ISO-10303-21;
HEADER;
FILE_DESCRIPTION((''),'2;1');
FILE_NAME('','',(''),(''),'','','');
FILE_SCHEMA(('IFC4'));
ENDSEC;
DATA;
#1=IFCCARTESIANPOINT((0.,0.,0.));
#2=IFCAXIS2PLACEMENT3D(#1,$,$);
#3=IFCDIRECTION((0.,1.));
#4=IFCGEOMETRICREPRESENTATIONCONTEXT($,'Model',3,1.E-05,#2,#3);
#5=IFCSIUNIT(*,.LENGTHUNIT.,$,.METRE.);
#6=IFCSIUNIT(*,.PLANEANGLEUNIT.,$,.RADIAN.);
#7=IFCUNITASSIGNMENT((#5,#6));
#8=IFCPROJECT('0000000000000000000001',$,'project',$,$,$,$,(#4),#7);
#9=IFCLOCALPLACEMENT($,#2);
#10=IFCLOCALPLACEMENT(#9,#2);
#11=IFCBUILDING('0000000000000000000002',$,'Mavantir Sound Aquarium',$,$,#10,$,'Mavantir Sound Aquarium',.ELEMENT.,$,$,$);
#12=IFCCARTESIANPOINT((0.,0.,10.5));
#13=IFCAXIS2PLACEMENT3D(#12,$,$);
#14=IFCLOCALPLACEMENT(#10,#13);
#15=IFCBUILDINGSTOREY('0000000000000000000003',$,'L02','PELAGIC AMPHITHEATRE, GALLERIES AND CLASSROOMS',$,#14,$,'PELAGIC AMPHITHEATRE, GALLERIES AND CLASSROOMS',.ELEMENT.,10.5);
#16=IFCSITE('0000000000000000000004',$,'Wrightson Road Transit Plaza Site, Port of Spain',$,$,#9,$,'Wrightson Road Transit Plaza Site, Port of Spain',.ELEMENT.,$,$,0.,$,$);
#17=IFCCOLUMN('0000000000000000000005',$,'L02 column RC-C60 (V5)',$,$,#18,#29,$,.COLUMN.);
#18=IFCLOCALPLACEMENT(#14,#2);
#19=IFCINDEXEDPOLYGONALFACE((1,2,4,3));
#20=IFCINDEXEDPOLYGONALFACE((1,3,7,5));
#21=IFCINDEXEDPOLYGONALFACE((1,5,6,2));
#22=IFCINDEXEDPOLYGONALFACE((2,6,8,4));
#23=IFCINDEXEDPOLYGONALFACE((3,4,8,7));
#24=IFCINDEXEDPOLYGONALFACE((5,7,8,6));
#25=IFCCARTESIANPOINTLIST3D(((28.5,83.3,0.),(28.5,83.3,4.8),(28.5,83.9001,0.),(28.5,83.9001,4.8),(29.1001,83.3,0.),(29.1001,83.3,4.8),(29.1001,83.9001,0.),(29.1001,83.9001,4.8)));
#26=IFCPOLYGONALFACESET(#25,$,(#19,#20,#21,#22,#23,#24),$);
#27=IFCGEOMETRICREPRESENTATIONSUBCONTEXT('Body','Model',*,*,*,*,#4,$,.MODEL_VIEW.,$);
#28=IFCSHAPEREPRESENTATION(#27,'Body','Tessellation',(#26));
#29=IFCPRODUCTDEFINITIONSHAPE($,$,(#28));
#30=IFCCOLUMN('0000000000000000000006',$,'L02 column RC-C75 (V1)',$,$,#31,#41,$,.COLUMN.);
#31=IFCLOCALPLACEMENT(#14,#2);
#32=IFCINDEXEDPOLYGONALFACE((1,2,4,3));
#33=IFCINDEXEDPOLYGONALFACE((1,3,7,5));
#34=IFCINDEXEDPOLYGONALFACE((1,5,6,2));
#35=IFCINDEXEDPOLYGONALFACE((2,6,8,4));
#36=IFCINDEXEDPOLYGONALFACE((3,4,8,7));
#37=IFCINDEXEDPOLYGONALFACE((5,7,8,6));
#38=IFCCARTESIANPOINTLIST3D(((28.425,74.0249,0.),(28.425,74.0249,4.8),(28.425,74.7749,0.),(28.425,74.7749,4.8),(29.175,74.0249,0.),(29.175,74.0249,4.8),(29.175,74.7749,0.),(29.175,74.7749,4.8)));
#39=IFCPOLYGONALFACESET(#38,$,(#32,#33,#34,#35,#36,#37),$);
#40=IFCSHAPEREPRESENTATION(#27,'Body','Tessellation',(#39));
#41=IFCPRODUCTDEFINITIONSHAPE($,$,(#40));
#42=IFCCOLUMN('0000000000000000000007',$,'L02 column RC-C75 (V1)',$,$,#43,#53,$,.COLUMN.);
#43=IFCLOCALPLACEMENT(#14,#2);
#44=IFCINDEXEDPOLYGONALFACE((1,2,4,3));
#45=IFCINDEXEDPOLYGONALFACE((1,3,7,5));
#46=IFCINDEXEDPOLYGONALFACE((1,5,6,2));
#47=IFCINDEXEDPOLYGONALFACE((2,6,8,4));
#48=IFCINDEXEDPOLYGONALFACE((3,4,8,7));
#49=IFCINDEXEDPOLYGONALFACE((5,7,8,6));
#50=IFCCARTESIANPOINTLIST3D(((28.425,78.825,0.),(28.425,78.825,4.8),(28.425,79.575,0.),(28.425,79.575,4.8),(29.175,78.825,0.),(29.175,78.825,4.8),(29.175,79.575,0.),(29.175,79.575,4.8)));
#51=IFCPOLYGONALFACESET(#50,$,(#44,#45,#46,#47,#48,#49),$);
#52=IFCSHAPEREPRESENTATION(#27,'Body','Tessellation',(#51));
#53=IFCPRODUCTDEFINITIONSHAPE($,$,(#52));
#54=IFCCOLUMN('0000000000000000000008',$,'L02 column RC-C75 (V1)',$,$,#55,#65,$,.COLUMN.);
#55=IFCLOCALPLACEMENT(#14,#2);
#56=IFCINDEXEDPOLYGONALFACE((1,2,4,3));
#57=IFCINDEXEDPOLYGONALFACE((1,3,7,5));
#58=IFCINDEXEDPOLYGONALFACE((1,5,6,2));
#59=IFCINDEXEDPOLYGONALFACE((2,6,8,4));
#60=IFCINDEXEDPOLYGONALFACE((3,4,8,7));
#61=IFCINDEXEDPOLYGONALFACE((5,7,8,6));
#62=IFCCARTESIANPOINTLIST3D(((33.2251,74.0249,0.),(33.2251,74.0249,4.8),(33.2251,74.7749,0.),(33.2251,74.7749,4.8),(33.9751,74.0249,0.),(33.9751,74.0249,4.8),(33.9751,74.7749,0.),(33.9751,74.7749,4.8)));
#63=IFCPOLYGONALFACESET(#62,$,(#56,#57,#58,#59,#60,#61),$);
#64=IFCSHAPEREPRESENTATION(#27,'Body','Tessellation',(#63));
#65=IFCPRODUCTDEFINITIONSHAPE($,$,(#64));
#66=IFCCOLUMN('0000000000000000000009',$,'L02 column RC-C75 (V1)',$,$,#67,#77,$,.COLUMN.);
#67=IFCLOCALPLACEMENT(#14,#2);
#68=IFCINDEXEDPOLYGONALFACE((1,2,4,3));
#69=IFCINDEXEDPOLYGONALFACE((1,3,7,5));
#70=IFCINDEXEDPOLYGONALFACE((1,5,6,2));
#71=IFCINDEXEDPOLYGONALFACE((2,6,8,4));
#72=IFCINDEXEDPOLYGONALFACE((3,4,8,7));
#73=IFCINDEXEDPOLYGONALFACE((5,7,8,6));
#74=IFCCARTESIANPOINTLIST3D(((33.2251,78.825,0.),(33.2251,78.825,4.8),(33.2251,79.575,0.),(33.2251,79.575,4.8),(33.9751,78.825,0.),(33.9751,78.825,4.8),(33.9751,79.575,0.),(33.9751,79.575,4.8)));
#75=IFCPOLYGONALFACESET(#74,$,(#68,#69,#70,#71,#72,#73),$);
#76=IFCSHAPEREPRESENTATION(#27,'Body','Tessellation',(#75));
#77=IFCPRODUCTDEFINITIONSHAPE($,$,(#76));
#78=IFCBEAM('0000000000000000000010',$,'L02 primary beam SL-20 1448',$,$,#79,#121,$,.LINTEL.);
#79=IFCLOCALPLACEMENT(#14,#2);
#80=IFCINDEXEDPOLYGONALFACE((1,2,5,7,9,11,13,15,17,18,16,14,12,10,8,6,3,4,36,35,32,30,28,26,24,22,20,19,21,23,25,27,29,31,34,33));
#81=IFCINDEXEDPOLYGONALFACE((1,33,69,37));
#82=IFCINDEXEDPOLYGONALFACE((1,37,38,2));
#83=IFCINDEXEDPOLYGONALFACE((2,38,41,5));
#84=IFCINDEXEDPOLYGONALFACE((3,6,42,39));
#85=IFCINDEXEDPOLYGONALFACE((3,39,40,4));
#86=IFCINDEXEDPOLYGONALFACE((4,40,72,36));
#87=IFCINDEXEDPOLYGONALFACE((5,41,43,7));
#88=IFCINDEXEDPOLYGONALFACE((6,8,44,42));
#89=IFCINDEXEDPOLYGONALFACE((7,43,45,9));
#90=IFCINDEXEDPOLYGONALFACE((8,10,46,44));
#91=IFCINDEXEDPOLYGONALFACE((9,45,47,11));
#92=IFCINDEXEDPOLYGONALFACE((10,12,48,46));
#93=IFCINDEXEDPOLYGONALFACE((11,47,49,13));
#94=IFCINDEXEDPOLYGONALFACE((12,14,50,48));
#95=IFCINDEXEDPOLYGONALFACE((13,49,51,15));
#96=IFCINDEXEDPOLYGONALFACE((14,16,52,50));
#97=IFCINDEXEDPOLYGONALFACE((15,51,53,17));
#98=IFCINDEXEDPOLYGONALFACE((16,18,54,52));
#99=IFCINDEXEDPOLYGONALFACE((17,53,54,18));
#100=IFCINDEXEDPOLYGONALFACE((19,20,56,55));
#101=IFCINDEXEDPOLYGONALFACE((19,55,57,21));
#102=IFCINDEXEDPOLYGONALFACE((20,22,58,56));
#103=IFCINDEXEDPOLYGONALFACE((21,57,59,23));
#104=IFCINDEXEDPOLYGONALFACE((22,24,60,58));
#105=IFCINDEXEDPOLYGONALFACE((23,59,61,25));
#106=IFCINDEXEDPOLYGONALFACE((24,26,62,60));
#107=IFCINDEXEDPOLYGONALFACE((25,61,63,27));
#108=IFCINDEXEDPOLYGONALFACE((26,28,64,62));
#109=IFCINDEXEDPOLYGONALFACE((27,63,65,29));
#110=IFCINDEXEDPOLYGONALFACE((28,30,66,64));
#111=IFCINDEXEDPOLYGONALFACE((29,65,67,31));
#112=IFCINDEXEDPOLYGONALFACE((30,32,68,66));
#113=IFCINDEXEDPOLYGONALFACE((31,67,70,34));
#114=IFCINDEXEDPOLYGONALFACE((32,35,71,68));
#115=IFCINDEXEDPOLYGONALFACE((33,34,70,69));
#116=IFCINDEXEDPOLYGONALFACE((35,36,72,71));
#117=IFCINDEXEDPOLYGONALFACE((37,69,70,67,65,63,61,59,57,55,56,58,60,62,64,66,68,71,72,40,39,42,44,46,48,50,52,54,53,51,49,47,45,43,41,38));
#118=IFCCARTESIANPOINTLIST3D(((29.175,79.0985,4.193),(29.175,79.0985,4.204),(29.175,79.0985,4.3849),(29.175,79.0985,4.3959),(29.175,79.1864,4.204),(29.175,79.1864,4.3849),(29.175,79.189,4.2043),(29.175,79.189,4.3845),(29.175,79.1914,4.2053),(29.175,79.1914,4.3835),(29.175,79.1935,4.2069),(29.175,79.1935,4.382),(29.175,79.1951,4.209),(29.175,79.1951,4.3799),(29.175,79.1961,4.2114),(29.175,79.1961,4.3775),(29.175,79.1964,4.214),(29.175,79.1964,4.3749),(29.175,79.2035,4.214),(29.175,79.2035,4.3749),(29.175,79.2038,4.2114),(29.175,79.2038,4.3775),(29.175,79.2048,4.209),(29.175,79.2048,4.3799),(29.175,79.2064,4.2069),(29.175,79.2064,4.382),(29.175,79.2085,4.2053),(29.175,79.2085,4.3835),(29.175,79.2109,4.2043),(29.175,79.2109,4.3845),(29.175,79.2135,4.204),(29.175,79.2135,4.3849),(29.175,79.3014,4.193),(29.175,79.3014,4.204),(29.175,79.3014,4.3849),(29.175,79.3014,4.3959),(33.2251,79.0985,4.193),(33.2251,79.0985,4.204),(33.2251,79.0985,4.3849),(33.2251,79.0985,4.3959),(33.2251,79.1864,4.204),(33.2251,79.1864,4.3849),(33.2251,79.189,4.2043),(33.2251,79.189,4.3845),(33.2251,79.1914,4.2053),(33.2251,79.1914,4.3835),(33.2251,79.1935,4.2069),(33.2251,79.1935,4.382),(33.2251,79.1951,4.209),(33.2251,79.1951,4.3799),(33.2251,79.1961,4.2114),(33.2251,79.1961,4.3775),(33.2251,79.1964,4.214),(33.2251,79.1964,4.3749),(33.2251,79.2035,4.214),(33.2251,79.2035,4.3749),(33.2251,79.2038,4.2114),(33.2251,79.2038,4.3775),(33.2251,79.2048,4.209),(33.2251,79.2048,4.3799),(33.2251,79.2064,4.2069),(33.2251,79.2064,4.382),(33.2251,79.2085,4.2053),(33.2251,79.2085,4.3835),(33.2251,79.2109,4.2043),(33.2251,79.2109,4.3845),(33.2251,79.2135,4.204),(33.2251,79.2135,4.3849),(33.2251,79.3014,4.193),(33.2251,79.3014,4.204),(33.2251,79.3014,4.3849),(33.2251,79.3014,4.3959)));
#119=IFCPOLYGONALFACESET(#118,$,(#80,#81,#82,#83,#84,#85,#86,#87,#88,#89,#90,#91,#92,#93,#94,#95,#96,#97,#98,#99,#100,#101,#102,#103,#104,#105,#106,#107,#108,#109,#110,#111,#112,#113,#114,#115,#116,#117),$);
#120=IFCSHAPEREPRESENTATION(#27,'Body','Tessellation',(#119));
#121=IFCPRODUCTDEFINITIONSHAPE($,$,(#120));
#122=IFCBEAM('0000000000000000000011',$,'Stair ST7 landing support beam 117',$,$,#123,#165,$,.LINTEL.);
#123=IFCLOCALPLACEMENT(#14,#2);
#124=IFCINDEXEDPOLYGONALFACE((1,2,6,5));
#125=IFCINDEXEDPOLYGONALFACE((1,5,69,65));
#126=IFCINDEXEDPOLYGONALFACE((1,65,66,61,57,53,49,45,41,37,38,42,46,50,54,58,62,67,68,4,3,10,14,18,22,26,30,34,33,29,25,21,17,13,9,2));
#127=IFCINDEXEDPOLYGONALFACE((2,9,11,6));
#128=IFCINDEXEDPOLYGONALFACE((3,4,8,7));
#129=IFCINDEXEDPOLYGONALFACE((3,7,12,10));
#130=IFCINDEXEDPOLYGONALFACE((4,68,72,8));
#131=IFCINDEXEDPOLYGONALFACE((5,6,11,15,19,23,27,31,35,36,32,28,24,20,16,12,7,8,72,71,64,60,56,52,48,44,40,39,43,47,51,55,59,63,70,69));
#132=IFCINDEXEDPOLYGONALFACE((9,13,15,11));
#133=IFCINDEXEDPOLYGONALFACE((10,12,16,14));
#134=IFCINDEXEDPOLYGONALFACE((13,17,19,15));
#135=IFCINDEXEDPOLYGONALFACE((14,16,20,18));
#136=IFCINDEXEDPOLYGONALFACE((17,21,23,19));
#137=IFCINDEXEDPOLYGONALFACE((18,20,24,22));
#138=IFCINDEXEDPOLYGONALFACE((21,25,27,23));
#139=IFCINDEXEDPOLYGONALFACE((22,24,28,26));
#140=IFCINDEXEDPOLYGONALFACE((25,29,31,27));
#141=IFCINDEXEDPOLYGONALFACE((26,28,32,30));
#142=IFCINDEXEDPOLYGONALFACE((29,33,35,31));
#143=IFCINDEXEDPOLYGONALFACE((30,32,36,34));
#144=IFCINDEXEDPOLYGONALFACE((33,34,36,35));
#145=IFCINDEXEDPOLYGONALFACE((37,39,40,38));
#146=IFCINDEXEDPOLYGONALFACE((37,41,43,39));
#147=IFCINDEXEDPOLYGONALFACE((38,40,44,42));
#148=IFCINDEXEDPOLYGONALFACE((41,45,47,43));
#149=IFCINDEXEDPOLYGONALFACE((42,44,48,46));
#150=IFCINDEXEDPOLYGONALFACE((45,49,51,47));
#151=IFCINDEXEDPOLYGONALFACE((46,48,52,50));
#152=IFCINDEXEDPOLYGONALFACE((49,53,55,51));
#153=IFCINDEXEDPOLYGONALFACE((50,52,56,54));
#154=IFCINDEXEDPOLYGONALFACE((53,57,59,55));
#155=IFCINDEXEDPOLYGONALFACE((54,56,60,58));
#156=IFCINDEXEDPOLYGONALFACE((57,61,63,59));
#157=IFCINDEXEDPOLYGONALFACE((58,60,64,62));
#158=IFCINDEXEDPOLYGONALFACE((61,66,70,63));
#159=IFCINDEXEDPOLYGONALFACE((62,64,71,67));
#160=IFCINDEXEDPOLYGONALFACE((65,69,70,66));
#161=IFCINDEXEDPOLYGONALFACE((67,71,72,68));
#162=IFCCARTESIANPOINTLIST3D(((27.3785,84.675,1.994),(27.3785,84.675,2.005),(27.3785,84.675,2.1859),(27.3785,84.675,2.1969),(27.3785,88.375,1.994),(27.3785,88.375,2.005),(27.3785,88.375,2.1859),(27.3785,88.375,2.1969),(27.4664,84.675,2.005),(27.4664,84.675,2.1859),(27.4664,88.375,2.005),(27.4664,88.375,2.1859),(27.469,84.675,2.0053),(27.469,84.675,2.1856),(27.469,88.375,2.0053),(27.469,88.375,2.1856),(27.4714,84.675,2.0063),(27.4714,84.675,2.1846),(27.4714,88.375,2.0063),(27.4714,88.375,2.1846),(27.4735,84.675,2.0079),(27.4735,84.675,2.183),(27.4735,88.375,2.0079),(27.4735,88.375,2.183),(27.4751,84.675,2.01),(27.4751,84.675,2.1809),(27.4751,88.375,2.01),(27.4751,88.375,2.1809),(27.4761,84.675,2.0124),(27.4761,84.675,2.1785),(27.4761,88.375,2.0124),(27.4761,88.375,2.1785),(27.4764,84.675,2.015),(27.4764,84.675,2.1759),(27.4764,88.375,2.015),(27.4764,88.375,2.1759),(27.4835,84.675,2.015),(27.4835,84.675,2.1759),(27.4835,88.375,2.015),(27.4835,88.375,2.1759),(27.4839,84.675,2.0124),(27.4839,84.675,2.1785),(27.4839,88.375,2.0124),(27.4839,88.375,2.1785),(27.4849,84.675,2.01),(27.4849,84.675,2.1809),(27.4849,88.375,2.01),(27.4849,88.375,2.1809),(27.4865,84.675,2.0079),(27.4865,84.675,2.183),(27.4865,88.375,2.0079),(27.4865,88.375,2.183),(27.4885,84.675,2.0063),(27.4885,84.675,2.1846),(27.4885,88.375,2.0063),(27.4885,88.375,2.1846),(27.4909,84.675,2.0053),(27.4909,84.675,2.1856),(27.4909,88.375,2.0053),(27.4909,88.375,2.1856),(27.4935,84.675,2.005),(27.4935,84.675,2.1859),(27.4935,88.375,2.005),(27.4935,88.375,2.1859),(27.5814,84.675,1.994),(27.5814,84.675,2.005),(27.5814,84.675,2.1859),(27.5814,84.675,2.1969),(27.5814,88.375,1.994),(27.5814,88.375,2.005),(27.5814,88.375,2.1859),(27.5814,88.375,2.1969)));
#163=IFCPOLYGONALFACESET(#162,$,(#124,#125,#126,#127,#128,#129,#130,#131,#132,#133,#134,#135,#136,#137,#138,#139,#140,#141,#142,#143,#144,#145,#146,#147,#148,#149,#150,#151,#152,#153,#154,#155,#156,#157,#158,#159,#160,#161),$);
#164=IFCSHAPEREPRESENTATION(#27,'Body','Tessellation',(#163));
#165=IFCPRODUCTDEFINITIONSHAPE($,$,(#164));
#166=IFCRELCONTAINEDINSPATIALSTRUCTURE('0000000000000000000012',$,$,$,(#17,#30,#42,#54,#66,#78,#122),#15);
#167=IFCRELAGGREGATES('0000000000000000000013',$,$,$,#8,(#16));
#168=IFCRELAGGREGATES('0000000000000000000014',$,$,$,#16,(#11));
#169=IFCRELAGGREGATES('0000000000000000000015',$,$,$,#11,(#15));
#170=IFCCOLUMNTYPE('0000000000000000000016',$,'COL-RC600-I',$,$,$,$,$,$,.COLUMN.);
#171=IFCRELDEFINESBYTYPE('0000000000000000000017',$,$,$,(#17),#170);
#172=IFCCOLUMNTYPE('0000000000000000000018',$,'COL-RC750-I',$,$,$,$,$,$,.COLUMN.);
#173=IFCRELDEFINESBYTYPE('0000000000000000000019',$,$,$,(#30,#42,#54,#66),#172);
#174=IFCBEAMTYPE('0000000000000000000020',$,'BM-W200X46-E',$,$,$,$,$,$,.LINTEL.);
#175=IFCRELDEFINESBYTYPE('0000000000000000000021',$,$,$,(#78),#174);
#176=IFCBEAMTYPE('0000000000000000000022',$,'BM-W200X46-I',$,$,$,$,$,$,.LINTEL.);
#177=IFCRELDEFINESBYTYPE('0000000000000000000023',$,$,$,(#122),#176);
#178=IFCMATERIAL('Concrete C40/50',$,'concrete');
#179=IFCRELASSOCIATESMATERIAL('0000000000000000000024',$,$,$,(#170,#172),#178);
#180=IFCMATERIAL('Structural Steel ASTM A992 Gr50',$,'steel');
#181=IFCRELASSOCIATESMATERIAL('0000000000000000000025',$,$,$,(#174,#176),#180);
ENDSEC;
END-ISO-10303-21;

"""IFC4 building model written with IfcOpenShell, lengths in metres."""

from ifc_helpers import new_model, si_unit, direction, frame, origin, origin_2d, place, context, subcontext, project, spatial, rectangle, i_section, extrude, material, material_profile, profile_set, type_object, element, save


model = new_model("IFC4")

# Units and contexts
model_context = context("Model", 3, precision=1e-05, world=origin(), true_north=direction((0.0, 1.0)))
body_context = subcontext(model_context, "Body", "Model", "MODEL_VIEW")
ifc_project = project(units=[si_unit("LENGTHUNIT", "METRE"), si_unit("PLANEANGLEUNIT", "RADIAN")], contexts=[model_context])

# Site, building, storey
site_placement = place(None, origin())
site = spatial("IfcSite", under=ifc_project, at=site_placement, Name="Wrightson Road Transit Plaza Site, Port of Spain", LongName="Wrightson Road Transit Plaza Site, Port of Spain", CompositionType="ELEMENT", RefElevation=0.0)
building_placement = place(site_placement, origin())
building = spatial("IfcBuilding", under=site, at=building_placement, Name="Mavantir Sound Aquarium", LongName="Mavantir Sound Aquarium", CompositionType="ELEMENT")
storey_placement = place(building_placement, frame((0.0, 0.0, 10.5)))
storey = spatial("IfcBuildingStorey", under=building, at=storey_placement, Name="L02", Description="PELAGIC AMPHITHEATRE, GALLERIES AND CLASSROOMS", LongName="PELAGIC AMPHITHEATRE, GALLERIES AND CLASSROOMS", CompositionType="ELEMENT", Elevation=10.5)

# Columns
ifc_material_1 = material(Name="Concrete C40/50", Category="concrete")
ifc_material_profile_1 = material_profile(ifc_material_1, rectangle(XDim=0.6001, YDim=0.6001, at=origin_2d()), Name="RC 600X600")
ifc_profile_set_1 = profile_set([ifc_material_profile_1], Name="Concrete C40/50")
column_type_1 = type_object("IfcColumnType", Name="COL-RC600-I", PredefinedType="COLUMN", material=ifc_profile_set_1)
column_placement = place(storey_placement, frame((28.8, 83.6001, 0.0), z_axis=(0.0, 0.0, 1.0), x_axis=(1.0, 0.0, 0.0)))
element("IfcColumn", 1, at=column_placement, inside=storey, type_object=column_type_1, Name="L02 column RC-C60 (V5)", PredefinedType="COLUMN", context=body_context, shape_type="SweptSolid", body=[
    extrude(rectangle(XDim=0.6001, YDim=0.6001, at=origin_2d()), origin(), (0.0, 0.0, 1.0), 4.8),
])
ifc_material_profile_2 = material_profile(ifc_material_1, rectangle(XDim=0.75, YDim=0.75, at=origin_2d()), Name="RC 750X750")
ifc_profile_set_2 = profile_set([ifc_material_profile_2], Name="Concrete C40/50")
column_type_2 = type_object("IfcColumnType", Name="COL-RC750-I", PredefinedType="COLUMN", material=ifc_profile_set_2)
for number, where, z_axis, x_axis, name in (
    (2, (28.8, 74.3999, 0.0), (0.0, 0.0, 1.0), (1.0, 0.0, 0.0), "L02 column RC-C75 (V1)"),
    (3, (28.8, 79.2, 0.0), (0.0, 0.0, 1.0), (1.0, 0.0, 0.0), "L02 column RC-C75 (V1)"),
    (4, (33.6001, 74.3999, 0.0), (0.0, 0.0, 1.0), (1.0, 0.0, 0.0), "L02 column RC-C75 (V1)"),
    (5, (33.6001, 79.2, 0.0), (0.0, 0.0, 1.0), (1.0, 0.0, 0.0), "L02 column RC-C75 (V1)"),
):
    element("IfcColumn", number, at=place(storey_placement, frame(where, z_axis=z_axis, x_axis=x_axis)), inside=storey, type_object=column_type_2, Name=name, PredefinedType="COLUMN", context=body_context, shape_type="SweptSolid", body=[
        extrude(rectangle(XDim=0.75, YDim=0.75, at=origin_2d()), origin(), (0.0, 0.0, 1.0), 4.8),
    ])

# Beams
ifc_material_2 = material(Name="Structural Steel ASTM A992 Gr50", Category="steel")
ifc_material_profile_3 = material_profile(ifc_material_2, i_section(OverallWidth=0.2029, OverallDepth=0.2029, WebThickness=0.0071, FlangeThickness=0.011, FilletRadius=0.01, at=origin_2d()), Name="W200X46")
ifc_profile_set_3 = profile_set([ifc_material_profile_3], Name="Structural Steel ASTM A992 Gr50")
beam_type_1 = type_object("IfcBeamType", Name="BM-W200X46-E", PredefinedType="LINTEL", material=ifc_profile_set_3)
beam_1_placement = place(storey_placement, frame((29.175, 79.2, 4.2944), z_axis=(1.0, 0.0, 0.0), x_axis=(0.0, 1.0, 0.0)))
element("IfcBeam", 6, at=beam_1_placement, inside=storey, type_object=beam_type_1, Name="L02 primary beam SL-20 1448", PredefinedType="LINTEL", context=body_context, shape_type="SweptSolid", body=[
    extrude(i_section(OverallWidth=0.2029, OverallDepth=0.2029, WebThickness=0.0071, FlangeThickness=0.011, FilletRadius=0.01, at=origin_2d()), origin(), (0.0, 0.0, 1.0), 4.05),
])
ifc_material_profile_4 = material_profile(ifc_material_2, i_section(OverallWidth=0.2029, OverallDepth=0.2029, WebThickness=0.0071, FlangeThickness=0.011, FilletRadius=0.01, at=origin_2d()), Name="W200X46")
ifc_profile_set_4 = profile_set([ifc_material_profile_4], Name="Structural Steel ASTM A992 Gr50")
beam_type_2 = type_object("IfcBeamType", Name="BM-W200X46-I", PredefinedType="LINTEL", material=ifc_profile_set_4)
beam_2_placement = place(storey_placement, frame((27.48, 84.675, 2.0955), z_axis=(0.0, 1.0, 0.0), x_axis=(-1.0, 0.0, 0.0)))
element("IfcBeam", 7, at=beam_2_placement, inside=storey, type_object=beam_type_2, Name="Stair ST7 landing support beam 117", PredefinedType="LINTEL", context=body_context, shape_type="SweptSolid", body=[
    extrude(i_section(OverallWidth=0.2029, OverallDepth=0.2029, WebThickness=0.0071, FlangeThickness=0.011, FilletRadius=0.01, at=origin_2d()), origin(), (0.0, 0.0, 1.0), 3.7),
])

save(model, "model.ifc")
